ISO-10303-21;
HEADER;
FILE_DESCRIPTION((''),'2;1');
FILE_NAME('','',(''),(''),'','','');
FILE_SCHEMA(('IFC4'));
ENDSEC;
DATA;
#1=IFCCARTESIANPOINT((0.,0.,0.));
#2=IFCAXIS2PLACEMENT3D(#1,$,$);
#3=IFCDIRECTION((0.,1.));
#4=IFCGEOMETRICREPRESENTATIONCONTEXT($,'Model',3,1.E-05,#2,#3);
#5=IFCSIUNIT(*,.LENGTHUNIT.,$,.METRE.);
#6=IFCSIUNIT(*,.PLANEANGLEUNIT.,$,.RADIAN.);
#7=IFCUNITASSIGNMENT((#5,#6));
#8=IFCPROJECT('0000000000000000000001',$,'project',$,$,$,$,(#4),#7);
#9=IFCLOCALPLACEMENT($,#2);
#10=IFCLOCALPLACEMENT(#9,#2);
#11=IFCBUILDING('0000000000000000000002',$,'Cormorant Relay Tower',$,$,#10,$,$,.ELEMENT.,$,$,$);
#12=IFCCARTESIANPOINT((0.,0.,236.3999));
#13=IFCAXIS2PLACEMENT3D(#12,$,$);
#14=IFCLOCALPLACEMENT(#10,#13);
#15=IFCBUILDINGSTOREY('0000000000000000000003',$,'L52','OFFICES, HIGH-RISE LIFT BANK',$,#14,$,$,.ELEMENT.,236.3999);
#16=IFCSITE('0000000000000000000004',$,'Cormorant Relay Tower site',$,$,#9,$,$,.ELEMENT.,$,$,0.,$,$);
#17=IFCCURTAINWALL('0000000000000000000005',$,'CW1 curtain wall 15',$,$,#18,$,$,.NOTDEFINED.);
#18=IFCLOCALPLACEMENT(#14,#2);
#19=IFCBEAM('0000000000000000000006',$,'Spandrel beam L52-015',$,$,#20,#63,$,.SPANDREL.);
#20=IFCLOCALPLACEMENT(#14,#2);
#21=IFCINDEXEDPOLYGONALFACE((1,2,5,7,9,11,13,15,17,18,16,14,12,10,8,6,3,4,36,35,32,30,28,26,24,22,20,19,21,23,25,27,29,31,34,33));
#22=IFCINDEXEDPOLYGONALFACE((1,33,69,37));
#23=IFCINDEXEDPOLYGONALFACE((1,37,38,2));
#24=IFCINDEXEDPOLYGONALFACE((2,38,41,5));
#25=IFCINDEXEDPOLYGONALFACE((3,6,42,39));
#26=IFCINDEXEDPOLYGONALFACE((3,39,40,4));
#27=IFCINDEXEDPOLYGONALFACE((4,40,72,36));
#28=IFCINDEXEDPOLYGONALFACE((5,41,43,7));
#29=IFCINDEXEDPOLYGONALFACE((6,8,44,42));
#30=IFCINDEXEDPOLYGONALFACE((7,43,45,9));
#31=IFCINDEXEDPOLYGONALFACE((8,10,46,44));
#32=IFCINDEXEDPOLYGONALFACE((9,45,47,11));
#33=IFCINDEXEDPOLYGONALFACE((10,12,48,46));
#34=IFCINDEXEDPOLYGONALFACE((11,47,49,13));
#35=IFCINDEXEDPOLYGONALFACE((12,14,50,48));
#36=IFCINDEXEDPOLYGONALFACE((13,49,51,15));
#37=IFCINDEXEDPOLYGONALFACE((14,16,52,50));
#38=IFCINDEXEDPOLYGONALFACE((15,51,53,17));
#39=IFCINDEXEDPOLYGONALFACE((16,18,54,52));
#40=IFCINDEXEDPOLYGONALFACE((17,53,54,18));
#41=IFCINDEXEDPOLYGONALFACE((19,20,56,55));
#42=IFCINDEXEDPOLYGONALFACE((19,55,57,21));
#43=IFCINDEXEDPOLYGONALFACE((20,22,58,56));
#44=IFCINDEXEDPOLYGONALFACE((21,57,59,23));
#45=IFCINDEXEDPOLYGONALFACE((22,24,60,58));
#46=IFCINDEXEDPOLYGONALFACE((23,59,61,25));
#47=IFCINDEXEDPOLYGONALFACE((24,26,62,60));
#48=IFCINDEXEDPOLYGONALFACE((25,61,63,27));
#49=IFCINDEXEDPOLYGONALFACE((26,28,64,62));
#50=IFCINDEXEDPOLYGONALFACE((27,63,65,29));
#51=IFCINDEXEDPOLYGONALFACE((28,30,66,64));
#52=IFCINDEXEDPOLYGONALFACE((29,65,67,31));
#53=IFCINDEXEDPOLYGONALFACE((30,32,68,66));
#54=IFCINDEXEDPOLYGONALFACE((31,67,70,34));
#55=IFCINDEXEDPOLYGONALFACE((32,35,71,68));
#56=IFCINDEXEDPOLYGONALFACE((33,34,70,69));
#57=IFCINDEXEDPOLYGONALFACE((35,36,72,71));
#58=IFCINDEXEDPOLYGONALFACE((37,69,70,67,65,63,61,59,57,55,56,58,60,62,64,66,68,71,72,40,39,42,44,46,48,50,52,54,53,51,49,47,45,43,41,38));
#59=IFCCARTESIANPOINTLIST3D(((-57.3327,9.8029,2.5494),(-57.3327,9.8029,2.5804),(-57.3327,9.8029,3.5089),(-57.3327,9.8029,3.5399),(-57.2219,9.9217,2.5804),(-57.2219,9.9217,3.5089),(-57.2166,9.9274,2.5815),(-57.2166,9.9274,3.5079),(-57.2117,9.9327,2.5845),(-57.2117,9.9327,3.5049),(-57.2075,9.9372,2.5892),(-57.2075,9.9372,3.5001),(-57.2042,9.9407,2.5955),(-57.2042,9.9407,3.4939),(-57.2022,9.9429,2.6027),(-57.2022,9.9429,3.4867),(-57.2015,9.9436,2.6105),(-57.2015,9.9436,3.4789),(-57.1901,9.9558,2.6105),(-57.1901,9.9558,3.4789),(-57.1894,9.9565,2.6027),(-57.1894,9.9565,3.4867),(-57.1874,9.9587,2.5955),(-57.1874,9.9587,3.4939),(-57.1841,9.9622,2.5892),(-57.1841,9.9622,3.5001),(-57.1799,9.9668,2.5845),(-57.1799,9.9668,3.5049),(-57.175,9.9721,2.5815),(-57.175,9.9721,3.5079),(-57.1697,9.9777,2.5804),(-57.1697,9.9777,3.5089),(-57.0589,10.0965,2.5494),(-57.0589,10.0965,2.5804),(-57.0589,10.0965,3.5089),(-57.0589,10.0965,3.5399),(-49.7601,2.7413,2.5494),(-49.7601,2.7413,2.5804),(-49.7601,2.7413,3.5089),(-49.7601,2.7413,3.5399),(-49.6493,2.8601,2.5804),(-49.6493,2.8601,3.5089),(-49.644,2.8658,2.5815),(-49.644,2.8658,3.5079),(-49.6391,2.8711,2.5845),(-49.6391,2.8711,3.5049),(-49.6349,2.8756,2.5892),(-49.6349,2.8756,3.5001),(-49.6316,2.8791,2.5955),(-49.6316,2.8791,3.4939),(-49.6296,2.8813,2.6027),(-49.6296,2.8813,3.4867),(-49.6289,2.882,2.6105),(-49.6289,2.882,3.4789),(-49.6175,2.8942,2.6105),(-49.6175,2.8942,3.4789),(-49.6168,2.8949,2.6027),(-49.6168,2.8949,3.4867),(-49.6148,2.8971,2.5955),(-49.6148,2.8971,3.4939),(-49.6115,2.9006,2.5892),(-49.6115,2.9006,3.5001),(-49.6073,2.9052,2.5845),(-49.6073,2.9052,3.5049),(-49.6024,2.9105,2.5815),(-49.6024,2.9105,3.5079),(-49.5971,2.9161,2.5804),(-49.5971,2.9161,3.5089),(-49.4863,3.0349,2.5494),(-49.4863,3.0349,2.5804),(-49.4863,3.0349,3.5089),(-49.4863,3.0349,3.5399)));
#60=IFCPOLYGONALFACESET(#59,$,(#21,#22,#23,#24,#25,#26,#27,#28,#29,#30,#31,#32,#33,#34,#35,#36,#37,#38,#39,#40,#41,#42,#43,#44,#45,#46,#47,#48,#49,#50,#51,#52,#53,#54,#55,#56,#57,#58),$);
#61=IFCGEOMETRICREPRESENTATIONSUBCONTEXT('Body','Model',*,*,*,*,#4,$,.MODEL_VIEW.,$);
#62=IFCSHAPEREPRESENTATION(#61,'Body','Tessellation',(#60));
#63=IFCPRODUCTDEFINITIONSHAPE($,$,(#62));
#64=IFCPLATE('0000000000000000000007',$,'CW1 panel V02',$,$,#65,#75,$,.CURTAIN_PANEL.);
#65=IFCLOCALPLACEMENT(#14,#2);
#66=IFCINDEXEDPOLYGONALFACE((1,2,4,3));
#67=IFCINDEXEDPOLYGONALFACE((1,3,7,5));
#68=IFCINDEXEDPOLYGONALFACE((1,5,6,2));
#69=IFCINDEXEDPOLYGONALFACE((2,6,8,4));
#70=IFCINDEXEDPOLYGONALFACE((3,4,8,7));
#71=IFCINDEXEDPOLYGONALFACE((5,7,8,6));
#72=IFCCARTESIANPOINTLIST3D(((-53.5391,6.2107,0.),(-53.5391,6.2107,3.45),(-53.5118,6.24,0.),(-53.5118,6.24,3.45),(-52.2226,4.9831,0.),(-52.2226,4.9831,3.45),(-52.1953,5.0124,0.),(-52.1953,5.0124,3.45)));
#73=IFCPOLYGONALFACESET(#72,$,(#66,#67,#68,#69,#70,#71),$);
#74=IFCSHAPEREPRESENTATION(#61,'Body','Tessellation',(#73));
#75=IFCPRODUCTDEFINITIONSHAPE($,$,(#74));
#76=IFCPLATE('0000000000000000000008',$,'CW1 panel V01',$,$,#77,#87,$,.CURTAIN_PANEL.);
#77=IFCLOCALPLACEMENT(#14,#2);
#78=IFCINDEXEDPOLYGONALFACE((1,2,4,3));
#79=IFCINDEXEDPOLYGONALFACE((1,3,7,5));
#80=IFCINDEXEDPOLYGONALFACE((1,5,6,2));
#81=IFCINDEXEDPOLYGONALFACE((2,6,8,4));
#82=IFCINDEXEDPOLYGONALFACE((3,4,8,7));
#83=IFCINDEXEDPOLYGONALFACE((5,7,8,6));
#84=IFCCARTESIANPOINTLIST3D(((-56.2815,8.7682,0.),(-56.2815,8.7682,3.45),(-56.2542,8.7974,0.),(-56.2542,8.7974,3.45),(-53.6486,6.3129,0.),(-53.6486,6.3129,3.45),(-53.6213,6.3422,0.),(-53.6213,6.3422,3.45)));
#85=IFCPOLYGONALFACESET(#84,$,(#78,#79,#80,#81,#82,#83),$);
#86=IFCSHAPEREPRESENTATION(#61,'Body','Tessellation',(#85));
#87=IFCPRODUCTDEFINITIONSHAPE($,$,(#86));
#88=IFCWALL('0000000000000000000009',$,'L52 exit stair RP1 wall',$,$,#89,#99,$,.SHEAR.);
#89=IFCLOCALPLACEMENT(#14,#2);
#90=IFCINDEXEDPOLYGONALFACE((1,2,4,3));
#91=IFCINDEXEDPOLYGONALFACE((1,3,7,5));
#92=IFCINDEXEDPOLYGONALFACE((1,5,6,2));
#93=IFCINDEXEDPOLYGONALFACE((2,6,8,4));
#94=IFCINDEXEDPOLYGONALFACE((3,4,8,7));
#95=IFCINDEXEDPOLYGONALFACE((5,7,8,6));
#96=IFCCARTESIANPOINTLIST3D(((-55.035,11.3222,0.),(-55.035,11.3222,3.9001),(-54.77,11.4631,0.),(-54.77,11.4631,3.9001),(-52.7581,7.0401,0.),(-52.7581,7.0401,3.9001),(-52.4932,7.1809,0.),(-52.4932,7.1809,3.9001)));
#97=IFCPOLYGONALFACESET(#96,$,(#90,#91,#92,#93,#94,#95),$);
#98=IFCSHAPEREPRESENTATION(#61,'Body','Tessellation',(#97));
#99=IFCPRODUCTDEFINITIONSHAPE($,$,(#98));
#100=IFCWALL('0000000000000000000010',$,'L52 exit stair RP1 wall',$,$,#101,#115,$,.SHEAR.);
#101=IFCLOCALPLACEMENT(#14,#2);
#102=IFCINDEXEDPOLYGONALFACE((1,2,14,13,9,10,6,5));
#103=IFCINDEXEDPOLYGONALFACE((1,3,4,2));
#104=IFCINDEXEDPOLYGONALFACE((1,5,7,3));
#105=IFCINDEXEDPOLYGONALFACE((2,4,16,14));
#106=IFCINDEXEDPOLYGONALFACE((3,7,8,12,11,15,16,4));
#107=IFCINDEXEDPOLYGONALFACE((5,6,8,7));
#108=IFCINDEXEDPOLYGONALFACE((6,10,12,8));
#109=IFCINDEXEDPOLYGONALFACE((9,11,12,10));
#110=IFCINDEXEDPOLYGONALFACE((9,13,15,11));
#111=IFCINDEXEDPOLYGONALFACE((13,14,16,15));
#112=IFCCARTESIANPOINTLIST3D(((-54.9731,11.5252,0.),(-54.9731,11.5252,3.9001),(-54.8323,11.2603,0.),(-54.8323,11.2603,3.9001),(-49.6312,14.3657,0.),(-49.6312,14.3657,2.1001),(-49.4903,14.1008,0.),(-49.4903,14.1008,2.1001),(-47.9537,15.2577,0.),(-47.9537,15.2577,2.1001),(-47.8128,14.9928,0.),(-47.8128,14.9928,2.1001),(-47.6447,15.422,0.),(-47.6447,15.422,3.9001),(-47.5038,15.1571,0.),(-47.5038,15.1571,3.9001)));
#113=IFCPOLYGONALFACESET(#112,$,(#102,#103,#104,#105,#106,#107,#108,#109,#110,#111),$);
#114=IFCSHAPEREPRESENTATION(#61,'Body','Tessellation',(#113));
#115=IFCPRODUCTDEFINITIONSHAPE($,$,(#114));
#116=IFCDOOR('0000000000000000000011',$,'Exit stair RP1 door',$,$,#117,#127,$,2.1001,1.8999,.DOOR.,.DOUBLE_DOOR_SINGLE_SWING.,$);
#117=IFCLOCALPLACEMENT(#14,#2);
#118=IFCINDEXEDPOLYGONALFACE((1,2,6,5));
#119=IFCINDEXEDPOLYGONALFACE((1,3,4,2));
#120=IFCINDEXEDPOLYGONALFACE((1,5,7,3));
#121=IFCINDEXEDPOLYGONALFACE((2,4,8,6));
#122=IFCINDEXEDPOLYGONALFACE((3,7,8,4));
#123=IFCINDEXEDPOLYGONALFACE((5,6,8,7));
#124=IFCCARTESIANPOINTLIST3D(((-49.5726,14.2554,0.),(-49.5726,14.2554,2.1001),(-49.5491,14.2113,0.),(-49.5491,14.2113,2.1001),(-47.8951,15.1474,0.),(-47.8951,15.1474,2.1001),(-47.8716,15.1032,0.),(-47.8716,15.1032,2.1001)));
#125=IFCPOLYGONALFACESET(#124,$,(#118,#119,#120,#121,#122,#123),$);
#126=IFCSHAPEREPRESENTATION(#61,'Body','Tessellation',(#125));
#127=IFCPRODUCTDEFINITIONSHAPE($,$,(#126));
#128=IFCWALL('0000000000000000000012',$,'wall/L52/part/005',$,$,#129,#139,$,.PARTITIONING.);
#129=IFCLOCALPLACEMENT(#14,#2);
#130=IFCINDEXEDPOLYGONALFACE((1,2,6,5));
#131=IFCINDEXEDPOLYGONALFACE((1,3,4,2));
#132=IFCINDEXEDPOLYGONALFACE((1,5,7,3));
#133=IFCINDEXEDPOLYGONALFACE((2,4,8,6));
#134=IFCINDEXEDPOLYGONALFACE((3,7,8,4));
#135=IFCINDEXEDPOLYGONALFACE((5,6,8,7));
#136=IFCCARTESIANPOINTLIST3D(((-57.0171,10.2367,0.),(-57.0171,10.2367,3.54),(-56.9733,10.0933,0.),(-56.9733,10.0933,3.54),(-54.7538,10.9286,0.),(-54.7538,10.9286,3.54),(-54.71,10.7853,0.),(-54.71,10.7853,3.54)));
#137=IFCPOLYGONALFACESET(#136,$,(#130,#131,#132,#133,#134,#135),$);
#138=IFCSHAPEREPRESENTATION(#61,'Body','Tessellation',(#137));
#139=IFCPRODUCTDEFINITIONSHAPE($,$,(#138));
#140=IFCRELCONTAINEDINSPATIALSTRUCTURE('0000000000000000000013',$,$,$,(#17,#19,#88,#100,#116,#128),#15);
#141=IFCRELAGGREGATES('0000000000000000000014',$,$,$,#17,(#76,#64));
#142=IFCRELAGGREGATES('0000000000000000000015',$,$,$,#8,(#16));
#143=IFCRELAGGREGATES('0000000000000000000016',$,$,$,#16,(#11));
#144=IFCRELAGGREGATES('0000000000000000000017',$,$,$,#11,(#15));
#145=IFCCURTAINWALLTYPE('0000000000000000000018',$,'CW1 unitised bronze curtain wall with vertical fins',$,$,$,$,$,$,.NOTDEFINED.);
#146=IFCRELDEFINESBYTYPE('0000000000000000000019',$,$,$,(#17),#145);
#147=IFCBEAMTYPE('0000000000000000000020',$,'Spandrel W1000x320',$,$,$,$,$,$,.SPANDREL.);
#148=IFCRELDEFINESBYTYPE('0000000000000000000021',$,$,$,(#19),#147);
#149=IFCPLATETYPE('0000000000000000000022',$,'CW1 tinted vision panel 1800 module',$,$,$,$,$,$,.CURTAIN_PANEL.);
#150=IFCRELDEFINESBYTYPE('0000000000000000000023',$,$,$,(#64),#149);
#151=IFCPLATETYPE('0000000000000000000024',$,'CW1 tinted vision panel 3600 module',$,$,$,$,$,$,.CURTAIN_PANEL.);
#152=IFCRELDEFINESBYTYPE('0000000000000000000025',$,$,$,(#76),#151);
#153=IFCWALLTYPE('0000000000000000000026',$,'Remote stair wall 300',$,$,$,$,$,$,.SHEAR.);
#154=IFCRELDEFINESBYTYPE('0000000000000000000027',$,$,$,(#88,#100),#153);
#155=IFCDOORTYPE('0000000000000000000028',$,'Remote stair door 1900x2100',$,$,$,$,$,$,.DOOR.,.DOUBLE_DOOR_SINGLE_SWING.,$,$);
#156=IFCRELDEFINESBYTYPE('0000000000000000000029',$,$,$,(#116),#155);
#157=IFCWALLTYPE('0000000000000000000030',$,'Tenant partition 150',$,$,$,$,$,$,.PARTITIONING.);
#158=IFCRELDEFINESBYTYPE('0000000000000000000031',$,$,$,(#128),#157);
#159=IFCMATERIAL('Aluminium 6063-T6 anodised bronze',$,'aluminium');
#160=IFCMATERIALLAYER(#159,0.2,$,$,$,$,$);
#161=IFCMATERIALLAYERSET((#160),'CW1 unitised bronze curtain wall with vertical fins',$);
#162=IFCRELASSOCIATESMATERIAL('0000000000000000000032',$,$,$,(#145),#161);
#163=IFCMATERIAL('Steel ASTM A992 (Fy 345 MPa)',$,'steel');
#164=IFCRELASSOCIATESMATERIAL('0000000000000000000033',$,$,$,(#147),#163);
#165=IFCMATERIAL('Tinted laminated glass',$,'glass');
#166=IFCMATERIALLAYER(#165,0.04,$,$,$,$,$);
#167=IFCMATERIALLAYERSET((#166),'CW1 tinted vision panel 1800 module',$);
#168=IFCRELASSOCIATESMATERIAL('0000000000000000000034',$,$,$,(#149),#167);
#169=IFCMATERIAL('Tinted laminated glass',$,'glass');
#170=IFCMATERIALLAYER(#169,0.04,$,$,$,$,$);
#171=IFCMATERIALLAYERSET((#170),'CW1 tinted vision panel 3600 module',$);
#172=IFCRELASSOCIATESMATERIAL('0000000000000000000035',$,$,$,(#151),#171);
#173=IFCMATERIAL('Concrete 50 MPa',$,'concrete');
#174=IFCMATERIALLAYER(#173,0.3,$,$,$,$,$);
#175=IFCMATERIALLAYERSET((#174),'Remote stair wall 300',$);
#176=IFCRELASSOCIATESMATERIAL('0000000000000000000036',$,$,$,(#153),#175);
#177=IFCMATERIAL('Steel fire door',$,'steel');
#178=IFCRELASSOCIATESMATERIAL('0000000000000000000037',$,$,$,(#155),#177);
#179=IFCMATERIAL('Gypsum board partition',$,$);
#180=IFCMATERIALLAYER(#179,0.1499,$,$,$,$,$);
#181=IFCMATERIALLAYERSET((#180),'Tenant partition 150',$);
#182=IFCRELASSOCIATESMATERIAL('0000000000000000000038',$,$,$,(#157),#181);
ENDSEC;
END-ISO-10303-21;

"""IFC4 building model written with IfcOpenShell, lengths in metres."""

from ifc_helpers import new_model, si_unit, direction, frame, frame_2d, origin, origin_2d, place, context, subcontext, project, spatial, rectangle, i_section, extrude, material, layer, layer_set, material_profile, profile_set, type_object, element, fill, aggregate, save


model = new_model("IFC4")

# Units and contexts
model_context = context("Model", 3, precision=1e-05, world=origin(), true_north=direction((0.0, 1.0)))
body_context = subcontext(model_context, "Body", "Model", "MODEL_VIEW")
ifc_project = project(units=[si_unit("LENGTHUNIT", "METRE"), si_unit("PLANEANGLEUNIT", "RADIAN")], contexts=[model_context])

# Site, building, storey
site_placement = place(None, origin())
site = spatial("IfcSite", under=ifc_project, at=site_placement, Name="Cormorant Relay Tower site", CompositionType="ELEMENT", RefElevation=0.0)
building_placement = place(site_placement, origin())
building = spatial("IfcBuilding", under=site, at=building_placement, Name="Cormorant Relay Tower", CompositionType="ELEMENT")
storey_placement = place(building_placement, frame((0.0, 0.0, 236.3999)))
storey = spatial("IfcBuildingStorey", under=building, at=storey_placement, Name="L52", Description="OFFICES, HIGH-RISE LIFT BANK", CompositionType="ELEMENT", Elevation=236.3999)

# Curtain wall
ifc_material_1 = material(Name="Aluminium 6063-T6 anodised bronze", Category="aluminium")
ifc_layer_1 = layer(ifc_material_1, 0.2)
ifc_layer_set_1 = layer_set([ifc_layer_1], Name="CW1 unitised bronze curtain wall with vertical fins")
curtain_wall_type = type_object("IfcCurtainWallType", Name="CW1 unitised bronze curtain wall with vertical fins", PredefinedType="NOTDEFINED", material=ifc_layer_set_1)
curtain_wall_1_placement = place(storey_placement, origin())
curtain_wall_1 = element("IfcCurtainWall", 1, at=curtain_wall_1_placement, inside=storey, type_object=curtain_wall_type, Name="CW1 curtain wall 15", PredefinedType="NOTDEFINED")

# Beam
ifc_material_2 = material(Name="Steel ASTM A992 (Fy 345 MPa)", Category="steel")
ifc_material_profile_1 = material_profile(ifc_material_2, i_section(OverallWidth=0.4014, OverallDepth=0.9905, WebThickness=0.0166, FlangeThickness=0.031, FilletRadius=0.03, at=origin_2d()), Name="W1000x320")
ifc_profile_set_1 = profile_set([ifc_material_profile_1], Name="Steel ASTM A992 (Fy 345 MPa)")
beam_type = type_object("IfcBeamType", Name="Spandrel W1000x320", PredefinedType="SPANDREL", material=ifc_profile_set_1)
beam_placement = place(storey_placement, frame((-57.1958, 9.9497, 3.0447), z_axis=(0.731352, -0.682001, 0.0), x_axis=(0.682001, 0.731352, 0.0)))
element("IfcBeam", 2, at=beam_placement, inside=storey, type_object=beam_type, Name="Spandrel beam L52-015", PredefinedType="SPANDREL", context=body_context, shape_type="SweptSolid", body=[
    extrude(i_section(OverallWidth=0.4014, OverallDepth=0.9905, WebThickness=0.0166, FlangeThickness=0.031, FilletRadius=0.03, at=origin_2d()), origin(), (0.0, 0.0, 1.0), 10.3542),
])

# Plates
ifc_material_3 = material(Name="Tinted laminated glass", Category="glass")
ifc_layer_2 = layer(ifc_material_3, 0.04)
ifc_layer_set_2 = layer_set([ifc_layer_2], Name="CW1 tinted vision panel 1800 module")
plate_type_1 = type_object("IfcPlateType", Name="CW1 tinted vision panel 1800 module", PredefinedType="CURTAIN_PANEL", material=ifc_layer_set_2)
plate_1_placement = place(storey_placement, frame((-52.8672, 5.6116, 0.0), z_axis=(0.0, 0.0, 1.0), x_axis=(0.731354, -0.681998, 0.0)))
plate_1 = element("IfcPlate", 3, at=plate_1_placement, type_object=plate_type_1, Name="CW1 panel V02", PredefinedType="CURTAIN_PANEL", context=body_context, shape_type="SweptSolid", body=[
    extrude(rectangle(XDim=1.8, YDim=0.04, at=origin_2d()), origin(), (0.0, 0.0, 1.0), 3.45),
])
ifc_material_4 = material(Name="Tinted laminated glass", Category="glass")
ifc_layer_3 = layer(ifc_material_4, 0.04)
ifc_layer_set_3 = layer_set([ifc_layer_3], Name="CW1 tinted vision panel 3600 module")
plate_type_2 = type_object("IfcPlateType", Name="CW1 tinted vision panel 3600 module", PredefinedType="CURTAIN_PANEL", material=ifc_layer_set_3)
plate_2_placement = place(storey_placement, frame((-54.9514, 7.5552, 0.0), z_axis=(0.0, 0.0, 1.0), x_axis=(0.731354, -0.681998, 0.0)))
plate_2 = element("IfcPlate", 4, at=plate_2_placement, type_object=plate_type_2, Name="CW1 panel V01", PredefinedType="CURTAIN_PANEL", context=body_context, shape_type="SweptSolid", body=[
    extrude(rectangle(XDim=3.6001, YDim=0.04, at=origin_2d()), origin(), (0.0, 0.0, 1.0), 3.45),
])

# Wall
ifc_material_5 = material(Name="Concrete 50 MPa", Category="concrete")
ifc_layer_4 = layer(ifc_material_5, 0.3)
ifc_layer_set_4 = layer_set([ifc_layer_4], Name="Remote stair wall 300")
wall_type_1 = type_object("IfcWallType", Name="Remote stair wall 300", PredefinedType="SHEAR", material=ifc_layer_set_4)
wall_1_placement = place(storey_placement, frame((-52.6257, 7.1106, 0.0), z_axis=(0.0, 0.0, 1.0), x_axis=(-0.469464, 0.882951, 0.0)))
element("IfcWall", 5, at=wall_1_placement, inside=storey, type_object=wall_type_1, Name="L52 exit stair RP1 wall", PredefinedType="SHEAR", context=body_context, shape_type="SweptSolid", body=[
    extrude(rectangle(XDim=4.8499, YDim=0.3, at=frame_2d((2.4248, 0.0))), origin(), (0.0, 0.0, 1.0), 3.9001),
])

# Wall, opening, door
wall_2_placement = place(storey_placement, frame((-54.9026, 11.3928, 0.0), z_axis=(0.0, 0.0, 1.0), x_axis=(0.882939, 0.469487, 0.0)))
wall_2 = element("IfcWall", 6, at=wall_2_placement, inside=storey, type_object=wall_type_1, Name="L52 exit stair RP1 wall", PredefinedType="SHEAR", context=body_context, shape_type="SweptSolid", body=[
    extrude(rectangle(XDim=8.3, YDim=0.3, at=frame_2d((4.1499, 0.0))), origin(), (0.0, 0.0, 1.0), 3.9001),
])
opening_placement = place(wall_2_placement, frame((6.05, 0.0, 0.0)))
opening = element("IfcOpeningElement", 7, at=opening_placement, cuts=wall_2, PredefinedType="OPENING", context=body_context, shape_type="SweptSolid", body=[
    extrude(rectangle(XDim=1.8999, YDim=2.1001, at=frame_2d((0.95, 1.05))), frame((0.0, 0.1599, 0.0), z_axis=(0.0, -1.0, 0.0), x_axis=(1.0, 0.0, 0.0)), (0.0, 0.0, 1.0), 0.3201),
])
ifc_material_6 = material(Name="Steel fire door", Category="steel")
door_type = type_object("IfcDoorType", Name="Remote stair door 1900x2100", OperationType="DOUBLE_DOOR_SINGLE_SWING", PredefinedType="DOOR", material=ifc_material_6)
door_placement = place(opening_placement, frame((1.8999, 0.0, 0.0), z_axis=(0.0, 0.0, 1.0), x_axis=(-1.0, 0.0, 0.0)))
door = element("IfcDoor", 8, at=door_placement, inside=storey, type_object=door_type, Name="Exit stair RP1 door", OperationType="DOUBLE_DOOR_SINGLE_SWING", OverallHeight=2.1001, OverallWidth=1.8999, PredefinedType="DOOR", context=body_context, shape_type="SweptSolid", body=[
    extrude(rectangle(XDim=1.8999, YDim=2.1001, at=frame_2d((0.95, 1.05))), frame((0.0, 0.0249, 0.0), z_axis=(0.0, -1.0, 0.0), x_axis=(1.0, 0.0, 0.0)), (0.0, 0.0, 1.0), 0.05),
])
fill(opening, door)

# Wall
ifc_material_7 = material(Name="Gypsum board partition")
ifc_layer_5 = layer(ifc_material_7, 0.1499)
ifc_layer_set_5 = layer_set([ifc_layer_5], Name="Tenant partition 150")
wall_type_2 = type_object("IfcWallType", Name="Tenant partition 150", PredefinedType="PARTITIONING", material=ifc_layer_set_5)
wall_3_placement = place(storey_placement, frame((-54.7319, 10.8569, 0.0), z_axis=(0.0, 0.0, 1.0), x_axis=(-0.956308, -0.29236, 0.0)))
element("IfcWall", 9, at=wall_3_placement, inside=storey, type_object=wall_type_2, Name="wall/L52/part/005", PredefinedType="PARTITIONING", context=body_context, shape_type="SweptSolid", body=[
    extrude(rectangle(XDim=2.3667, YDim=0.1499, at=frame_2d((1.1833, 0.0))), origin(), (0.0, 0.0, 1.0), 3.54),
])

aggregate(curtain_wall_1, [plate_2, plate_1])

save(model, "model.ifc")
